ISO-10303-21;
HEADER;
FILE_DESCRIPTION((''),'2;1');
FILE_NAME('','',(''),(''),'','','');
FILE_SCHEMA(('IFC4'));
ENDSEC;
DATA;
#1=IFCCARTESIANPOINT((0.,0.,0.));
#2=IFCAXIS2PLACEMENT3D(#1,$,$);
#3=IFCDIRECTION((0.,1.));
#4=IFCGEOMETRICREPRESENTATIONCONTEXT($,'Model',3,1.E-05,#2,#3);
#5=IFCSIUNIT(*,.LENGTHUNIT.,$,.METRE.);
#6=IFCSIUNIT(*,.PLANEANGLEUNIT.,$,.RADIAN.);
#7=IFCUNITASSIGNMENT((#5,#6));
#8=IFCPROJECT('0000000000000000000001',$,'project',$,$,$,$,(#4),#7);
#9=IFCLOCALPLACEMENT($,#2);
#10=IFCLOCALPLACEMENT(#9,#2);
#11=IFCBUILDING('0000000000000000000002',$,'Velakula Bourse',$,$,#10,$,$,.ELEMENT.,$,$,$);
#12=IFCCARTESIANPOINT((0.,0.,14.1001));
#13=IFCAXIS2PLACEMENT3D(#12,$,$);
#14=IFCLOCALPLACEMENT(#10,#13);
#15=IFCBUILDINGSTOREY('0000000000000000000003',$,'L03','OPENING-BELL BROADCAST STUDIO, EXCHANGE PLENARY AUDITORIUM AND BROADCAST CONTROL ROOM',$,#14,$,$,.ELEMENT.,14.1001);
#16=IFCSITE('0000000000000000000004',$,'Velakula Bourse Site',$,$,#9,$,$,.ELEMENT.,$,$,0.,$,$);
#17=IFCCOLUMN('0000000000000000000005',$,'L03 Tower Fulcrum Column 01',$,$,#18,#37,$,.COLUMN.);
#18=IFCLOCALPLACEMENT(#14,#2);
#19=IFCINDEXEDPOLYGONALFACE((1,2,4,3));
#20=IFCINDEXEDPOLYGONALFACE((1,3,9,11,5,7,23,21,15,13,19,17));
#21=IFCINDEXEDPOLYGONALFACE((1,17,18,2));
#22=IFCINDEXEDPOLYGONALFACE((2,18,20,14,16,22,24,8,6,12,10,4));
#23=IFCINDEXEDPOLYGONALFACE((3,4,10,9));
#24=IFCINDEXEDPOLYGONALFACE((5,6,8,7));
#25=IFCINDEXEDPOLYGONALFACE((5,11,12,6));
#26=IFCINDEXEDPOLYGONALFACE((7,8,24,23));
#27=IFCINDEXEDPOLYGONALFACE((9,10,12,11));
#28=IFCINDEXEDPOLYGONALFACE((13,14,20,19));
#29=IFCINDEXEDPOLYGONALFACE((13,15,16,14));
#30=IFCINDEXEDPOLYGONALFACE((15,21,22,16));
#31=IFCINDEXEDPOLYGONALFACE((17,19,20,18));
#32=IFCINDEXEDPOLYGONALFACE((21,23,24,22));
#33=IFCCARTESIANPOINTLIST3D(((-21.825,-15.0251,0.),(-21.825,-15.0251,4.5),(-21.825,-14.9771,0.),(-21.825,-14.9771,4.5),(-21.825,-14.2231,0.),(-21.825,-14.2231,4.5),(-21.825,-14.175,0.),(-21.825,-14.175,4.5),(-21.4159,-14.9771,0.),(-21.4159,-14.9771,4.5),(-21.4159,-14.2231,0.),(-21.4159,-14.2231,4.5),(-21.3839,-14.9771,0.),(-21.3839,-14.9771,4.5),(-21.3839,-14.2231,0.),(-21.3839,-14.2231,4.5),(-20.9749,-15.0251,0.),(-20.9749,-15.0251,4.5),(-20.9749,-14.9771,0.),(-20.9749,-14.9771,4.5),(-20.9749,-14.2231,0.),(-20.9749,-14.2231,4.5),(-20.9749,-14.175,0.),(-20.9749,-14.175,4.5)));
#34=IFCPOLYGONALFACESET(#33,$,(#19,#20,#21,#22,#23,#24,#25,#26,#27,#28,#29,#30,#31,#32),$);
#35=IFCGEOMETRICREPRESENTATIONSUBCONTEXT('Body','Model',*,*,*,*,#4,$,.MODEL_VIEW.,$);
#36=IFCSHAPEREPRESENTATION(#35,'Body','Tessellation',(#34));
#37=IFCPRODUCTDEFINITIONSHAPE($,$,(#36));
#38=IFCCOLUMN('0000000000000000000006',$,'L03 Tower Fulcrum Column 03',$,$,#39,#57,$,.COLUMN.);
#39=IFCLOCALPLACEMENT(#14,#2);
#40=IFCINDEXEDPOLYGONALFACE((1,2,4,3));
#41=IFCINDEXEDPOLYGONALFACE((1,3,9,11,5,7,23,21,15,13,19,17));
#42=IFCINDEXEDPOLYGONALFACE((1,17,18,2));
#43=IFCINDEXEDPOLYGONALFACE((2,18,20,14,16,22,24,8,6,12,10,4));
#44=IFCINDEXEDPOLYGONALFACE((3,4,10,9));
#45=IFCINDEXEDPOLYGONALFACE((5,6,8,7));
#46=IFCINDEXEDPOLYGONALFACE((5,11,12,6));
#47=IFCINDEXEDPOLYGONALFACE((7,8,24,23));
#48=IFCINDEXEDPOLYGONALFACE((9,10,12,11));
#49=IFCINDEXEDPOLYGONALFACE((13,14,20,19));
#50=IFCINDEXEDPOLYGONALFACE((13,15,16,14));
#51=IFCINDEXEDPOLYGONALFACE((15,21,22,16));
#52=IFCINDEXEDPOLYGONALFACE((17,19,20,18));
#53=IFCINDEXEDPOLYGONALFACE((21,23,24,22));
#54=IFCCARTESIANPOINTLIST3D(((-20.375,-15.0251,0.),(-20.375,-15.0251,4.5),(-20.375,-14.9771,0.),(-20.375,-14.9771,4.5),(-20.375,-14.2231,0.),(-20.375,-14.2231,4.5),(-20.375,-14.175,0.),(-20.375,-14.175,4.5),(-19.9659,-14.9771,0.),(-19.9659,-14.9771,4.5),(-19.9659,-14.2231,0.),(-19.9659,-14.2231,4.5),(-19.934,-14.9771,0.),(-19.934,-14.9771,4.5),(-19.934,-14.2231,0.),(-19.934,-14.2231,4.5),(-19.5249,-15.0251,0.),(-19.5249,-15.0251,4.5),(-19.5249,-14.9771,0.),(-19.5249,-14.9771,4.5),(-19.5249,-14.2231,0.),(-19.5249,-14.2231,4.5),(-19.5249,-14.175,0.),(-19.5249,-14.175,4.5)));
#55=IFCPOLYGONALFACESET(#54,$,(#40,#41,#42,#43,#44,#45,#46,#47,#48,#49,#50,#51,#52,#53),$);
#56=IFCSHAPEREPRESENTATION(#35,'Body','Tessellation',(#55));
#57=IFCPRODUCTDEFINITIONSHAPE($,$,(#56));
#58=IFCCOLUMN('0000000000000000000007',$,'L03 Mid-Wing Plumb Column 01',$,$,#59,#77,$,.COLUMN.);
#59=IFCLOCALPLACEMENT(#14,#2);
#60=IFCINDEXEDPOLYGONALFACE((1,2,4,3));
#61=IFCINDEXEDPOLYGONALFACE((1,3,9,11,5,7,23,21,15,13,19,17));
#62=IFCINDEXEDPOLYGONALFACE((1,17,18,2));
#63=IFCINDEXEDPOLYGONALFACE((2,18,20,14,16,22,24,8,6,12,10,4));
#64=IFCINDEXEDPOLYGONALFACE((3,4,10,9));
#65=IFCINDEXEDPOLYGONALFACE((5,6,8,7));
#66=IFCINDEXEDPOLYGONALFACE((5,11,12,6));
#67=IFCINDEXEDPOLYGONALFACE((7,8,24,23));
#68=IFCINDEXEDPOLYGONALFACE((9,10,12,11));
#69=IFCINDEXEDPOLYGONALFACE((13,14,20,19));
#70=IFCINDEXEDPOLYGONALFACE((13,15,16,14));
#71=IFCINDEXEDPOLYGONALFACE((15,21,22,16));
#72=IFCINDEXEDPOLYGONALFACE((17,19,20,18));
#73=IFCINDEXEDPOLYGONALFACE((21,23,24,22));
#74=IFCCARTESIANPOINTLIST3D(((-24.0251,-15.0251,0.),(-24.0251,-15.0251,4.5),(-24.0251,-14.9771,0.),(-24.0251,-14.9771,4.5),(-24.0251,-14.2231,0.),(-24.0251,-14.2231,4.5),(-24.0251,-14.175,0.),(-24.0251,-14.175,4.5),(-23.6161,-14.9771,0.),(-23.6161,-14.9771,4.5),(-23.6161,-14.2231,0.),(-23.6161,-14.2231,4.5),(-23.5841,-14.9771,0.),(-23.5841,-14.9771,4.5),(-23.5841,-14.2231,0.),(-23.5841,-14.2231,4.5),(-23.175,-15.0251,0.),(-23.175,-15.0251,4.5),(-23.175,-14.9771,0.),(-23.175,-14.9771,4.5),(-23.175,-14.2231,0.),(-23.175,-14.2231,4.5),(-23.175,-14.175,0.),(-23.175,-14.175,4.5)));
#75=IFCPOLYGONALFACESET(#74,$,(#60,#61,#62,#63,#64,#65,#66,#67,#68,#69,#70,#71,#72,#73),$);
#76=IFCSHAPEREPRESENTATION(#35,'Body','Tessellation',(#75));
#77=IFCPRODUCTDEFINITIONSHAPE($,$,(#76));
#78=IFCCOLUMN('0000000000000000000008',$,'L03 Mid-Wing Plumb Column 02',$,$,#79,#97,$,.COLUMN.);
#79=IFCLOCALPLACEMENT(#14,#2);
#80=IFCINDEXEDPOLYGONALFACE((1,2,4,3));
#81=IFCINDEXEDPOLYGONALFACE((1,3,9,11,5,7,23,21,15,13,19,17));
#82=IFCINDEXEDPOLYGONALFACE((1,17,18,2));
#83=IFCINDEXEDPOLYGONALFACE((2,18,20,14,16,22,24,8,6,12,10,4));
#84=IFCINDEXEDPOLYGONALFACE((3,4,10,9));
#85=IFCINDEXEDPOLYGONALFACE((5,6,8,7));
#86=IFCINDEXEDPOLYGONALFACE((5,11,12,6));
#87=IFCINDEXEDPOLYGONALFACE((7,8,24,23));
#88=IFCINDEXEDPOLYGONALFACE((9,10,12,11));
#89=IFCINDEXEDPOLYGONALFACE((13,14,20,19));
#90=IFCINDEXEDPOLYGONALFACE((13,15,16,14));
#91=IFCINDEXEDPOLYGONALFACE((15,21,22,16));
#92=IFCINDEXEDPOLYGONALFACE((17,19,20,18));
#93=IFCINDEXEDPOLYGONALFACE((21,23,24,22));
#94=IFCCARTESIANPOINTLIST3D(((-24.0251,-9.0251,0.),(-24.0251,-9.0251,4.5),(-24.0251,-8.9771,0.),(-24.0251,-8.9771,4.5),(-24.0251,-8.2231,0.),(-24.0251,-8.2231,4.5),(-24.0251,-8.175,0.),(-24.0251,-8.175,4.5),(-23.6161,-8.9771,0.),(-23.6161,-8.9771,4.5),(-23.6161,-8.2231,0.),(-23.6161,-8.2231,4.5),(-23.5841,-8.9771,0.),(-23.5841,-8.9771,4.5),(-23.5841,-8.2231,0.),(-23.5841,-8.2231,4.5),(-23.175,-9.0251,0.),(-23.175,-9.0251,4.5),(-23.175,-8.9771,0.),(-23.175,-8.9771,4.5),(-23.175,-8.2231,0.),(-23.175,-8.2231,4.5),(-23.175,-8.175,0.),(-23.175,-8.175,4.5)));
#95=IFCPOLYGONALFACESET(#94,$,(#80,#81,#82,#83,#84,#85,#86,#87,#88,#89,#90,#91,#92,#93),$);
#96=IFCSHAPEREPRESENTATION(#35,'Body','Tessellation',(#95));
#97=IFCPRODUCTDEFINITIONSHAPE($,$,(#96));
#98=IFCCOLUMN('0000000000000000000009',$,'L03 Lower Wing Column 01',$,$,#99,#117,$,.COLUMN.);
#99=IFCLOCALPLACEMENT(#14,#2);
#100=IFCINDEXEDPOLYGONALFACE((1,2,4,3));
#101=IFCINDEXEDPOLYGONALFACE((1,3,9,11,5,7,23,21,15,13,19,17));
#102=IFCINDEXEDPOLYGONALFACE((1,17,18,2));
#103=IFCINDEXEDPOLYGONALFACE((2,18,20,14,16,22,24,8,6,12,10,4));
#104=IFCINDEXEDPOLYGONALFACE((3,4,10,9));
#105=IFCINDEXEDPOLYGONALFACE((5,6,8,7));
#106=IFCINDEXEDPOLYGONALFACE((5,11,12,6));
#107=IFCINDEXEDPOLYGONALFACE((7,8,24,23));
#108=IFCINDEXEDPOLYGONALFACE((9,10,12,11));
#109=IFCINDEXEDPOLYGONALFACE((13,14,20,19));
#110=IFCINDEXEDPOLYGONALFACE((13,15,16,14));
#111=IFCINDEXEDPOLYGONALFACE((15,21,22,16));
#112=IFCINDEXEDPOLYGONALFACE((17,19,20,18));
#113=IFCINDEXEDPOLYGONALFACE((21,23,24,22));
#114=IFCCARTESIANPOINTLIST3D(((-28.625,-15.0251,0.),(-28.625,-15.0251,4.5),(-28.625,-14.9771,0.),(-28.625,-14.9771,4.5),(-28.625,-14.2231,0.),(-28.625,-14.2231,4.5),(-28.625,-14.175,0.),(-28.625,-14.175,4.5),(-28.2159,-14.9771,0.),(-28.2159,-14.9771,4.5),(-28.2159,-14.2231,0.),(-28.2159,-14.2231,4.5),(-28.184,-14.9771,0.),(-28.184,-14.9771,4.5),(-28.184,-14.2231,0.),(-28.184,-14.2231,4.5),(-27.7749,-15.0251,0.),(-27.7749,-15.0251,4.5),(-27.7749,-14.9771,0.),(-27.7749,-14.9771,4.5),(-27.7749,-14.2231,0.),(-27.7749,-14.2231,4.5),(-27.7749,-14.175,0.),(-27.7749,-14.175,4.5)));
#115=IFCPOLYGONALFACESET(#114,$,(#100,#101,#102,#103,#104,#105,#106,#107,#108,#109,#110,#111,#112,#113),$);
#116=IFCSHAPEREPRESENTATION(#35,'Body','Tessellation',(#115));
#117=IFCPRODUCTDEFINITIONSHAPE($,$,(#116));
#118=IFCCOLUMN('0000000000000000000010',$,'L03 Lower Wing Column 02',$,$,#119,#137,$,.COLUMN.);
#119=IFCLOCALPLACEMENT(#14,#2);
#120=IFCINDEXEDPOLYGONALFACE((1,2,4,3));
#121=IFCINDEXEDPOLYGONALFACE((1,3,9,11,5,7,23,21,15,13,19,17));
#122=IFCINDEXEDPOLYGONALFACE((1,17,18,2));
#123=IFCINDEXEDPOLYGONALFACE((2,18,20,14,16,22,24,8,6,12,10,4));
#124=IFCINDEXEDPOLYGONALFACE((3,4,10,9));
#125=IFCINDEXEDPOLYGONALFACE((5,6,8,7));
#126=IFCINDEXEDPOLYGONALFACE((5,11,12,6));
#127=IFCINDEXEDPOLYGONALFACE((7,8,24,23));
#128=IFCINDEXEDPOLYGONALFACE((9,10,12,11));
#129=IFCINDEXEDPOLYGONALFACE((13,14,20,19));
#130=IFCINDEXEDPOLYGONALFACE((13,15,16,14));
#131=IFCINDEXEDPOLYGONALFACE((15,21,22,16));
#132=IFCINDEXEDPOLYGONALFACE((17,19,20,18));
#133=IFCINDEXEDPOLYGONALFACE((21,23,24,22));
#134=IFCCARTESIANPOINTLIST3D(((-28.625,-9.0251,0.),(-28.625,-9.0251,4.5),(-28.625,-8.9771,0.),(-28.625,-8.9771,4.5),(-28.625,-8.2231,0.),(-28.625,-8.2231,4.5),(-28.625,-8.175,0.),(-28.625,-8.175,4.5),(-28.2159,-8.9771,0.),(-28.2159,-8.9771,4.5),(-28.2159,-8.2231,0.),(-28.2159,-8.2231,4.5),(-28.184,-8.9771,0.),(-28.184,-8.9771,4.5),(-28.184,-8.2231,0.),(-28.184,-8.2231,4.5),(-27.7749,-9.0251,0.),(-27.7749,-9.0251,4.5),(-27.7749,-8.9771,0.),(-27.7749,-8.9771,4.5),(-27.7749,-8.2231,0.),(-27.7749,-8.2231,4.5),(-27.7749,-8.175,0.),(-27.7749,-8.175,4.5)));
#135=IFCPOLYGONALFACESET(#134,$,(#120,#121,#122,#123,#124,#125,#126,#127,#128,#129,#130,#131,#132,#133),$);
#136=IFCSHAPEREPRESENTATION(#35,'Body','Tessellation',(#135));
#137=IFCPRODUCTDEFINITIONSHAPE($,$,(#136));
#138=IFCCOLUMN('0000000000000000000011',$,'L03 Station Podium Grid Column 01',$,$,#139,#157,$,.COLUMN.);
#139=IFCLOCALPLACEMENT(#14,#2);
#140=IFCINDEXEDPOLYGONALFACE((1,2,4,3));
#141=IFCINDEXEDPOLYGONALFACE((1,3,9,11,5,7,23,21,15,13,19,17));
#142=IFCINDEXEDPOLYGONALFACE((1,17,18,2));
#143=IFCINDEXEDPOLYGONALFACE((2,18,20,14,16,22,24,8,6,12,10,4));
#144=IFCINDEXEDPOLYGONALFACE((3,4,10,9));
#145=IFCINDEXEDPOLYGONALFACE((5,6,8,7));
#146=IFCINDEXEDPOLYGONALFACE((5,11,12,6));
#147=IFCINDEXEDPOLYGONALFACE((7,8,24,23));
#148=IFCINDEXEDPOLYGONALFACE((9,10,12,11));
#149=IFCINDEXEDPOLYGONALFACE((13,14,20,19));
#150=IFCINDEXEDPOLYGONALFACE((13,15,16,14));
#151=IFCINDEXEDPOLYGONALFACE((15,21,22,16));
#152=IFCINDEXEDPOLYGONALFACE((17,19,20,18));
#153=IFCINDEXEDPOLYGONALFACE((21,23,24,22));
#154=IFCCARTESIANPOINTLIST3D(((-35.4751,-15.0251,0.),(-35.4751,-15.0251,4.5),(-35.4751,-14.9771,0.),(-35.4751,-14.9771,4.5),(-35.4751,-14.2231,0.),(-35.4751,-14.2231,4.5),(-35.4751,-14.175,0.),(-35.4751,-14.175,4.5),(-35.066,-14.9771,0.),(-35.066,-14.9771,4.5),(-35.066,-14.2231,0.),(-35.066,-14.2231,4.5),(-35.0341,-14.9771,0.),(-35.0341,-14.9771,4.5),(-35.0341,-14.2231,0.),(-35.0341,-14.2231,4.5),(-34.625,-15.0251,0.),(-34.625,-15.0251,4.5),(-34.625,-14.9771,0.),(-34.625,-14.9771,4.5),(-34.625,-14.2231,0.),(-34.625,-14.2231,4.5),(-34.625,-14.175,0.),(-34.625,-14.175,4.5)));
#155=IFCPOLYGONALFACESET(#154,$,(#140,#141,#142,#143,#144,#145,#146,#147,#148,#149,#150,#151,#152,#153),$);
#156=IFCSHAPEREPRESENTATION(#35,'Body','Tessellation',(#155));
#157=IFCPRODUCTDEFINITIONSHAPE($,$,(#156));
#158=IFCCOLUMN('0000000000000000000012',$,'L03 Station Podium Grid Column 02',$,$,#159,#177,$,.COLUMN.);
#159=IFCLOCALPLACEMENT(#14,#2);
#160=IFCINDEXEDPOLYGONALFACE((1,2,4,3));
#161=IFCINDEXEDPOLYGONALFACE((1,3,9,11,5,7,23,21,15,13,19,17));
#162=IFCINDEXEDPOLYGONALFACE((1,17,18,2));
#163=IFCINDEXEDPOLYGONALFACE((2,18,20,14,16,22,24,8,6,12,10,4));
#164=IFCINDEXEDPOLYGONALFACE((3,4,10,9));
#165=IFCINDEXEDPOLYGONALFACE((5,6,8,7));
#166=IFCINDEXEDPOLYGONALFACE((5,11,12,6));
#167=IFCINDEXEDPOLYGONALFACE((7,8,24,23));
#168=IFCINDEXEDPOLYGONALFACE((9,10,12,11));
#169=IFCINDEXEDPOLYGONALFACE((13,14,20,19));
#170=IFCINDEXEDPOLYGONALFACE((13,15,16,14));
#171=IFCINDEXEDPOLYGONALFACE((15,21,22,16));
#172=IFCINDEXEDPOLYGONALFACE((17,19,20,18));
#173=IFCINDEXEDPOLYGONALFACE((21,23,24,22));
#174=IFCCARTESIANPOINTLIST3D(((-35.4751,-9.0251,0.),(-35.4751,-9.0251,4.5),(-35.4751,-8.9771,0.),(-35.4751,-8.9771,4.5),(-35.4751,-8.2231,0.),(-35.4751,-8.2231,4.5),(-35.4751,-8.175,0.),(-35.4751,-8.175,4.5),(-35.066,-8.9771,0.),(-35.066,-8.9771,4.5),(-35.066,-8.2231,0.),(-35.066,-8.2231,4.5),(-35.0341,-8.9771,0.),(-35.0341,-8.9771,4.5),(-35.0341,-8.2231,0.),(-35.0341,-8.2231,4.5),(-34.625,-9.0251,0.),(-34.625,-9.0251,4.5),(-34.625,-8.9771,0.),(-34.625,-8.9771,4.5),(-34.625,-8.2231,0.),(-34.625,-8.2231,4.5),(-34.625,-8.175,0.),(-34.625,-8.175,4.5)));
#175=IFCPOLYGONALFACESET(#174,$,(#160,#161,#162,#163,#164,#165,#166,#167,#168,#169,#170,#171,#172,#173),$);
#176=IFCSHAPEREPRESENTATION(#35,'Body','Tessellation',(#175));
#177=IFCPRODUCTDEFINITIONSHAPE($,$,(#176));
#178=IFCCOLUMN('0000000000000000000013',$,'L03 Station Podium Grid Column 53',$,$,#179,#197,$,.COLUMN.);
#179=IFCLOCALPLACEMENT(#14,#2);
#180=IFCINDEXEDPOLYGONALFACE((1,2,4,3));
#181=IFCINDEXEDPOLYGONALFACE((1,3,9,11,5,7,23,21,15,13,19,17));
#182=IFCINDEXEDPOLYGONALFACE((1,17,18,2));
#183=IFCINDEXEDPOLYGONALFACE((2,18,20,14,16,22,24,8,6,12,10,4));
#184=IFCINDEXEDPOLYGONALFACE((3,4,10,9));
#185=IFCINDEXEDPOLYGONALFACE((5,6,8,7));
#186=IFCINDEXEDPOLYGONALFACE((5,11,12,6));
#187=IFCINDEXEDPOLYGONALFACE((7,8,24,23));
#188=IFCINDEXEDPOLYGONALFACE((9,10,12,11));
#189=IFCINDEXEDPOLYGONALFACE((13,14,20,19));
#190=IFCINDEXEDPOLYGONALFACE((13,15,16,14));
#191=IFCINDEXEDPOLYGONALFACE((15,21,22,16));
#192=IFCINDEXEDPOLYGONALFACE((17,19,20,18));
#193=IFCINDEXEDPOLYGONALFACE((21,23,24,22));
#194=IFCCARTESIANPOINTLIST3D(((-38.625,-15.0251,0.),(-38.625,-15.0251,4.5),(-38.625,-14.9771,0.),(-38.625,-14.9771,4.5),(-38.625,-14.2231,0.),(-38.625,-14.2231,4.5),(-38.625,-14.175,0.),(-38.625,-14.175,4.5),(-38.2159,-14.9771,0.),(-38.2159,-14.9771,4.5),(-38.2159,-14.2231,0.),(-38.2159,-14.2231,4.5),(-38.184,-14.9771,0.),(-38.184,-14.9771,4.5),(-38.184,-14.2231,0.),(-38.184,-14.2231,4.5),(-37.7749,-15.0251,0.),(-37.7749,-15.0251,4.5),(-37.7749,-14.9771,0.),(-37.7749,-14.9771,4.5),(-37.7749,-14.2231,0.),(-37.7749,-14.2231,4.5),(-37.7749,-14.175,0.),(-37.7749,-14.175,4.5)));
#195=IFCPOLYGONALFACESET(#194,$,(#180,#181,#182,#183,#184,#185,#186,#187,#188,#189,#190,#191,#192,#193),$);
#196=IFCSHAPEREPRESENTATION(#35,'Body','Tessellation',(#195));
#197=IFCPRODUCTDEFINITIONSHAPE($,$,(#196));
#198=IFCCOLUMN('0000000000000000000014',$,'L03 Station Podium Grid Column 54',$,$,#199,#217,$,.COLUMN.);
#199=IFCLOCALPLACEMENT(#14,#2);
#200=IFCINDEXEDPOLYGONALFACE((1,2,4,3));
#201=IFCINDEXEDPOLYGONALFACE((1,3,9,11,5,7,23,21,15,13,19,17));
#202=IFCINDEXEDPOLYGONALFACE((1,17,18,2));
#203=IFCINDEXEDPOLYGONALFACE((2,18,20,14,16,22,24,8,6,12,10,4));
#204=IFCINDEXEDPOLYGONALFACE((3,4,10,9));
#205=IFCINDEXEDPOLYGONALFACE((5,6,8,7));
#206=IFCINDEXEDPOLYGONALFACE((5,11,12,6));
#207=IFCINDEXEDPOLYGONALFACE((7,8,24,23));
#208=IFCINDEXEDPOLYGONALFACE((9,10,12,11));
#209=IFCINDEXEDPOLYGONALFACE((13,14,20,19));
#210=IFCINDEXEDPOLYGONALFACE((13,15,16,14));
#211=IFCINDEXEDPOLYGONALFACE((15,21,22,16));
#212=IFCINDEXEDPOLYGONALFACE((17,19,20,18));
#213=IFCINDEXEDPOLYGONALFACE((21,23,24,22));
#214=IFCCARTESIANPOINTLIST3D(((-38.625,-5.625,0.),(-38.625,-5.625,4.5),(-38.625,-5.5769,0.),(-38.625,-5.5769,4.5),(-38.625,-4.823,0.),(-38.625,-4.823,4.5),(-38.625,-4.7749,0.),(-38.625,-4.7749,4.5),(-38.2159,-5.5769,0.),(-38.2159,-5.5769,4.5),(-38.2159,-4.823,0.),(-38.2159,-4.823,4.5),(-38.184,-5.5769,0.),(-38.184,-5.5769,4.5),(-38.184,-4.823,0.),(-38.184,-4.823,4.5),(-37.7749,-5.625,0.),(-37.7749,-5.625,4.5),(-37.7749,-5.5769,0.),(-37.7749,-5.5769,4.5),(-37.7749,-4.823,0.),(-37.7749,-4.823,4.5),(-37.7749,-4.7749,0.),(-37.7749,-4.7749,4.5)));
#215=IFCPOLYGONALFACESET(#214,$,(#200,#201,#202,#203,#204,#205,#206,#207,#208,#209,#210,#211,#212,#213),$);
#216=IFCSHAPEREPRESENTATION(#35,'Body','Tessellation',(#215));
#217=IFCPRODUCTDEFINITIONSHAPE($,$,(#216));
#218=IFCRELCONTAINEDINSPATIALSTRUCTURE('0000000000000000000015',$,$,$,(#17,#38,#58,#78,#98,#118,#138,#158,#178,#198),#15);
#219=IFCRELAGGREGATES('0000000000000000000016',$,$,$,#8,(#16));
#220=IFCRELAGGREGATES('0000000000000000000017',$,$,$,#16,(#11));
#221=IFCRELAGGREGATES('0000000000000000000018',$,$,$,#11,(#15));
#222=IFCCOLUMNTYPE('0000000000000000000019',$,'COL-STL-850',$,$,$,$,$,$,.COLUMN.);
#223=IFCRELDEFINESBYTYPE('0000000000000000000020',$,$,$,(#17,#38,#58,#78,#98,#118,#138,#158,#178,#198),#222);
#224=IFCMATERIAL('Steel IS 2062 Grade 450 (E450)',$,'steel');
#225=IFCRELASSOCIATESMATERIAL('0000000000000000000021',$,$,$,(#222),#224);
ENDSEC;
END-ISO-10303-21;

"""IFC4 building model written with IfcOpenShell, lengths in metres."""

from ifc_helpers import new_model, si_unit, direction, frame, origin, origin_2d, place, context, subcontext, project, spatial, i_section, extrude, material, material_profile, profile_set, type_object, element, save


model = new_model("IFC4")

# Units and contexts
model_context = context("Model", 3, precision=1e-05, world=origin(), true_north=direction((0.0, 1.0)))
body_context = subcontext(model_context, "Body", "Model", "MODEL_VIEW")
ifc_project = project(units=[si_unit("LENGTHUNIT", "METRE"), si_unit("PLANEANGLEUNIT", "RADIAN")], contexts=[model_context])

# Site, building, storey
site_placement = place(None, origin())
site = spatial("IfcSite", under=ifc_project, at=site_placement, Name="Velakula Bourse Site", CompositionType="ELEMENT", RefElevation=0.0)
building_placement = place(site_placement, origin())
building = spatial("IfcBuilding", under=site, at=building_placement, Name="Velakula Bourse", CompositionType="ELEMENT")
storey_placement = place(building_placement, frame((0.0, 0.0, 14.1001)))
storey = spatial("IfcBuildingStorey", under=building, at=storey_placement, Name="L03", Description="OPENING-BELL BROADCAST STUDIO, EXCHANGE PLENARY AUDITORIUM AND BROADCAST CONTROL ROOM", CompositionType="ELEMENT", Elevation=14.1001)

# Columns
ifc_material_1 = material(Name="Steel IS 2062 Grade 450 (E450)", Category="steel")
ifc_material_profile_1 = material_profile(ifc_material_1, i_section(OverallWidth=0.8501, OverallDepth=0.8501, WebThickness=0.032, FlangeThickness=0.0481, at=origin_2d()), Name="Steel IS 2062 Grade 450 (E450)")
ifc_profile_set_1 = profile_set([ifc_material_profile_1], Name="Steel IS 2062 Grade 450 (E450)")
column_type = type_object("IfcColumnType", Name="COL-STL-850", PredefinedType="COLUMN", material=ifc_profile_set_1)
for number, where, z_axis, x_axis, name in (
    (1, (-21.3999, -14.6001, 0.0), (0.0, 0.0, 1.0), (1.0, 0.0, 0.0), "L03 Tower Fulcrum Column 01"),
    (2, (-19.95, -14.6001, 0.0), (0.0, 0.0, 1.0), (1.0, 0.0, 0.0), "L03 Tower Fulcrum Column 03"),
    (3, (-23.6001, -14.6001, 0.0), (0.0, 0.0, 1.0), (1.0, 0.0, 0.0), "L03 Mid-Wing Plumb Column 01"),
    (4, (-23.6001, -8.6001, 0.0), (0.0, 0.0, 1.0), (1.0, 0.0, 0.0), "L03 Mid-Wing Plumb Column 02"),
    (5, (-28.2, -14.6001, 0.0), (0.0, 0.0, 1.0), (1.0, 0.0, 0.0), "L03 Lower Wing Column 01"),
    (6, (-28.2, -8.6001, 0.0), (0.0, 0.0, 1.0), (1.0, 0.0, 0.0), "L03 Lower Wing Column 02"),
    (7, (-35.05, -14.6001, 0.0), (0.0, 0.0, 1.0), (1.0, 0.0, 0.0), "L03 Station Podium Grid Column 01"),
    (8, (-35.05, -8.6001, 0.0), (0.0, 0.0, 1.0), (1.0, 0.0, 0.0), "L03 Station Podium Grid Column 02"),
    (9, (-38.2, -14.6001, 0.0), (0.0, 0.0, 1.0), (1.0, 0.0, 0.0), "L03 Station Podium Grid Column 53"),
    (10, (-38.2, -5.2, 0.0), (0.0, 0.0, 1.0), (1.0, 0.0, 0.0), "L03 Station Podium Grid Column 54"),
):
    element("IfcColumn", number, at=place(storey_placement, frame(where, z_axis=z_axis, x_axis=x_axis)), inside=storey, type_object=column_type, Name=name, PredefinedType="COLUMN", context=body_context, shape_type="SweptSolid", body=[
        extrude(i_section(OverallWidth=0.8501, OverallDepth=0.8501, WebThickness=0.032, FlangeThickness=0.0481, at=origin_2d()), origin(), (0.0, 0.0, 1.0), 4.5),
    ])

save(model, "model.ifc")
